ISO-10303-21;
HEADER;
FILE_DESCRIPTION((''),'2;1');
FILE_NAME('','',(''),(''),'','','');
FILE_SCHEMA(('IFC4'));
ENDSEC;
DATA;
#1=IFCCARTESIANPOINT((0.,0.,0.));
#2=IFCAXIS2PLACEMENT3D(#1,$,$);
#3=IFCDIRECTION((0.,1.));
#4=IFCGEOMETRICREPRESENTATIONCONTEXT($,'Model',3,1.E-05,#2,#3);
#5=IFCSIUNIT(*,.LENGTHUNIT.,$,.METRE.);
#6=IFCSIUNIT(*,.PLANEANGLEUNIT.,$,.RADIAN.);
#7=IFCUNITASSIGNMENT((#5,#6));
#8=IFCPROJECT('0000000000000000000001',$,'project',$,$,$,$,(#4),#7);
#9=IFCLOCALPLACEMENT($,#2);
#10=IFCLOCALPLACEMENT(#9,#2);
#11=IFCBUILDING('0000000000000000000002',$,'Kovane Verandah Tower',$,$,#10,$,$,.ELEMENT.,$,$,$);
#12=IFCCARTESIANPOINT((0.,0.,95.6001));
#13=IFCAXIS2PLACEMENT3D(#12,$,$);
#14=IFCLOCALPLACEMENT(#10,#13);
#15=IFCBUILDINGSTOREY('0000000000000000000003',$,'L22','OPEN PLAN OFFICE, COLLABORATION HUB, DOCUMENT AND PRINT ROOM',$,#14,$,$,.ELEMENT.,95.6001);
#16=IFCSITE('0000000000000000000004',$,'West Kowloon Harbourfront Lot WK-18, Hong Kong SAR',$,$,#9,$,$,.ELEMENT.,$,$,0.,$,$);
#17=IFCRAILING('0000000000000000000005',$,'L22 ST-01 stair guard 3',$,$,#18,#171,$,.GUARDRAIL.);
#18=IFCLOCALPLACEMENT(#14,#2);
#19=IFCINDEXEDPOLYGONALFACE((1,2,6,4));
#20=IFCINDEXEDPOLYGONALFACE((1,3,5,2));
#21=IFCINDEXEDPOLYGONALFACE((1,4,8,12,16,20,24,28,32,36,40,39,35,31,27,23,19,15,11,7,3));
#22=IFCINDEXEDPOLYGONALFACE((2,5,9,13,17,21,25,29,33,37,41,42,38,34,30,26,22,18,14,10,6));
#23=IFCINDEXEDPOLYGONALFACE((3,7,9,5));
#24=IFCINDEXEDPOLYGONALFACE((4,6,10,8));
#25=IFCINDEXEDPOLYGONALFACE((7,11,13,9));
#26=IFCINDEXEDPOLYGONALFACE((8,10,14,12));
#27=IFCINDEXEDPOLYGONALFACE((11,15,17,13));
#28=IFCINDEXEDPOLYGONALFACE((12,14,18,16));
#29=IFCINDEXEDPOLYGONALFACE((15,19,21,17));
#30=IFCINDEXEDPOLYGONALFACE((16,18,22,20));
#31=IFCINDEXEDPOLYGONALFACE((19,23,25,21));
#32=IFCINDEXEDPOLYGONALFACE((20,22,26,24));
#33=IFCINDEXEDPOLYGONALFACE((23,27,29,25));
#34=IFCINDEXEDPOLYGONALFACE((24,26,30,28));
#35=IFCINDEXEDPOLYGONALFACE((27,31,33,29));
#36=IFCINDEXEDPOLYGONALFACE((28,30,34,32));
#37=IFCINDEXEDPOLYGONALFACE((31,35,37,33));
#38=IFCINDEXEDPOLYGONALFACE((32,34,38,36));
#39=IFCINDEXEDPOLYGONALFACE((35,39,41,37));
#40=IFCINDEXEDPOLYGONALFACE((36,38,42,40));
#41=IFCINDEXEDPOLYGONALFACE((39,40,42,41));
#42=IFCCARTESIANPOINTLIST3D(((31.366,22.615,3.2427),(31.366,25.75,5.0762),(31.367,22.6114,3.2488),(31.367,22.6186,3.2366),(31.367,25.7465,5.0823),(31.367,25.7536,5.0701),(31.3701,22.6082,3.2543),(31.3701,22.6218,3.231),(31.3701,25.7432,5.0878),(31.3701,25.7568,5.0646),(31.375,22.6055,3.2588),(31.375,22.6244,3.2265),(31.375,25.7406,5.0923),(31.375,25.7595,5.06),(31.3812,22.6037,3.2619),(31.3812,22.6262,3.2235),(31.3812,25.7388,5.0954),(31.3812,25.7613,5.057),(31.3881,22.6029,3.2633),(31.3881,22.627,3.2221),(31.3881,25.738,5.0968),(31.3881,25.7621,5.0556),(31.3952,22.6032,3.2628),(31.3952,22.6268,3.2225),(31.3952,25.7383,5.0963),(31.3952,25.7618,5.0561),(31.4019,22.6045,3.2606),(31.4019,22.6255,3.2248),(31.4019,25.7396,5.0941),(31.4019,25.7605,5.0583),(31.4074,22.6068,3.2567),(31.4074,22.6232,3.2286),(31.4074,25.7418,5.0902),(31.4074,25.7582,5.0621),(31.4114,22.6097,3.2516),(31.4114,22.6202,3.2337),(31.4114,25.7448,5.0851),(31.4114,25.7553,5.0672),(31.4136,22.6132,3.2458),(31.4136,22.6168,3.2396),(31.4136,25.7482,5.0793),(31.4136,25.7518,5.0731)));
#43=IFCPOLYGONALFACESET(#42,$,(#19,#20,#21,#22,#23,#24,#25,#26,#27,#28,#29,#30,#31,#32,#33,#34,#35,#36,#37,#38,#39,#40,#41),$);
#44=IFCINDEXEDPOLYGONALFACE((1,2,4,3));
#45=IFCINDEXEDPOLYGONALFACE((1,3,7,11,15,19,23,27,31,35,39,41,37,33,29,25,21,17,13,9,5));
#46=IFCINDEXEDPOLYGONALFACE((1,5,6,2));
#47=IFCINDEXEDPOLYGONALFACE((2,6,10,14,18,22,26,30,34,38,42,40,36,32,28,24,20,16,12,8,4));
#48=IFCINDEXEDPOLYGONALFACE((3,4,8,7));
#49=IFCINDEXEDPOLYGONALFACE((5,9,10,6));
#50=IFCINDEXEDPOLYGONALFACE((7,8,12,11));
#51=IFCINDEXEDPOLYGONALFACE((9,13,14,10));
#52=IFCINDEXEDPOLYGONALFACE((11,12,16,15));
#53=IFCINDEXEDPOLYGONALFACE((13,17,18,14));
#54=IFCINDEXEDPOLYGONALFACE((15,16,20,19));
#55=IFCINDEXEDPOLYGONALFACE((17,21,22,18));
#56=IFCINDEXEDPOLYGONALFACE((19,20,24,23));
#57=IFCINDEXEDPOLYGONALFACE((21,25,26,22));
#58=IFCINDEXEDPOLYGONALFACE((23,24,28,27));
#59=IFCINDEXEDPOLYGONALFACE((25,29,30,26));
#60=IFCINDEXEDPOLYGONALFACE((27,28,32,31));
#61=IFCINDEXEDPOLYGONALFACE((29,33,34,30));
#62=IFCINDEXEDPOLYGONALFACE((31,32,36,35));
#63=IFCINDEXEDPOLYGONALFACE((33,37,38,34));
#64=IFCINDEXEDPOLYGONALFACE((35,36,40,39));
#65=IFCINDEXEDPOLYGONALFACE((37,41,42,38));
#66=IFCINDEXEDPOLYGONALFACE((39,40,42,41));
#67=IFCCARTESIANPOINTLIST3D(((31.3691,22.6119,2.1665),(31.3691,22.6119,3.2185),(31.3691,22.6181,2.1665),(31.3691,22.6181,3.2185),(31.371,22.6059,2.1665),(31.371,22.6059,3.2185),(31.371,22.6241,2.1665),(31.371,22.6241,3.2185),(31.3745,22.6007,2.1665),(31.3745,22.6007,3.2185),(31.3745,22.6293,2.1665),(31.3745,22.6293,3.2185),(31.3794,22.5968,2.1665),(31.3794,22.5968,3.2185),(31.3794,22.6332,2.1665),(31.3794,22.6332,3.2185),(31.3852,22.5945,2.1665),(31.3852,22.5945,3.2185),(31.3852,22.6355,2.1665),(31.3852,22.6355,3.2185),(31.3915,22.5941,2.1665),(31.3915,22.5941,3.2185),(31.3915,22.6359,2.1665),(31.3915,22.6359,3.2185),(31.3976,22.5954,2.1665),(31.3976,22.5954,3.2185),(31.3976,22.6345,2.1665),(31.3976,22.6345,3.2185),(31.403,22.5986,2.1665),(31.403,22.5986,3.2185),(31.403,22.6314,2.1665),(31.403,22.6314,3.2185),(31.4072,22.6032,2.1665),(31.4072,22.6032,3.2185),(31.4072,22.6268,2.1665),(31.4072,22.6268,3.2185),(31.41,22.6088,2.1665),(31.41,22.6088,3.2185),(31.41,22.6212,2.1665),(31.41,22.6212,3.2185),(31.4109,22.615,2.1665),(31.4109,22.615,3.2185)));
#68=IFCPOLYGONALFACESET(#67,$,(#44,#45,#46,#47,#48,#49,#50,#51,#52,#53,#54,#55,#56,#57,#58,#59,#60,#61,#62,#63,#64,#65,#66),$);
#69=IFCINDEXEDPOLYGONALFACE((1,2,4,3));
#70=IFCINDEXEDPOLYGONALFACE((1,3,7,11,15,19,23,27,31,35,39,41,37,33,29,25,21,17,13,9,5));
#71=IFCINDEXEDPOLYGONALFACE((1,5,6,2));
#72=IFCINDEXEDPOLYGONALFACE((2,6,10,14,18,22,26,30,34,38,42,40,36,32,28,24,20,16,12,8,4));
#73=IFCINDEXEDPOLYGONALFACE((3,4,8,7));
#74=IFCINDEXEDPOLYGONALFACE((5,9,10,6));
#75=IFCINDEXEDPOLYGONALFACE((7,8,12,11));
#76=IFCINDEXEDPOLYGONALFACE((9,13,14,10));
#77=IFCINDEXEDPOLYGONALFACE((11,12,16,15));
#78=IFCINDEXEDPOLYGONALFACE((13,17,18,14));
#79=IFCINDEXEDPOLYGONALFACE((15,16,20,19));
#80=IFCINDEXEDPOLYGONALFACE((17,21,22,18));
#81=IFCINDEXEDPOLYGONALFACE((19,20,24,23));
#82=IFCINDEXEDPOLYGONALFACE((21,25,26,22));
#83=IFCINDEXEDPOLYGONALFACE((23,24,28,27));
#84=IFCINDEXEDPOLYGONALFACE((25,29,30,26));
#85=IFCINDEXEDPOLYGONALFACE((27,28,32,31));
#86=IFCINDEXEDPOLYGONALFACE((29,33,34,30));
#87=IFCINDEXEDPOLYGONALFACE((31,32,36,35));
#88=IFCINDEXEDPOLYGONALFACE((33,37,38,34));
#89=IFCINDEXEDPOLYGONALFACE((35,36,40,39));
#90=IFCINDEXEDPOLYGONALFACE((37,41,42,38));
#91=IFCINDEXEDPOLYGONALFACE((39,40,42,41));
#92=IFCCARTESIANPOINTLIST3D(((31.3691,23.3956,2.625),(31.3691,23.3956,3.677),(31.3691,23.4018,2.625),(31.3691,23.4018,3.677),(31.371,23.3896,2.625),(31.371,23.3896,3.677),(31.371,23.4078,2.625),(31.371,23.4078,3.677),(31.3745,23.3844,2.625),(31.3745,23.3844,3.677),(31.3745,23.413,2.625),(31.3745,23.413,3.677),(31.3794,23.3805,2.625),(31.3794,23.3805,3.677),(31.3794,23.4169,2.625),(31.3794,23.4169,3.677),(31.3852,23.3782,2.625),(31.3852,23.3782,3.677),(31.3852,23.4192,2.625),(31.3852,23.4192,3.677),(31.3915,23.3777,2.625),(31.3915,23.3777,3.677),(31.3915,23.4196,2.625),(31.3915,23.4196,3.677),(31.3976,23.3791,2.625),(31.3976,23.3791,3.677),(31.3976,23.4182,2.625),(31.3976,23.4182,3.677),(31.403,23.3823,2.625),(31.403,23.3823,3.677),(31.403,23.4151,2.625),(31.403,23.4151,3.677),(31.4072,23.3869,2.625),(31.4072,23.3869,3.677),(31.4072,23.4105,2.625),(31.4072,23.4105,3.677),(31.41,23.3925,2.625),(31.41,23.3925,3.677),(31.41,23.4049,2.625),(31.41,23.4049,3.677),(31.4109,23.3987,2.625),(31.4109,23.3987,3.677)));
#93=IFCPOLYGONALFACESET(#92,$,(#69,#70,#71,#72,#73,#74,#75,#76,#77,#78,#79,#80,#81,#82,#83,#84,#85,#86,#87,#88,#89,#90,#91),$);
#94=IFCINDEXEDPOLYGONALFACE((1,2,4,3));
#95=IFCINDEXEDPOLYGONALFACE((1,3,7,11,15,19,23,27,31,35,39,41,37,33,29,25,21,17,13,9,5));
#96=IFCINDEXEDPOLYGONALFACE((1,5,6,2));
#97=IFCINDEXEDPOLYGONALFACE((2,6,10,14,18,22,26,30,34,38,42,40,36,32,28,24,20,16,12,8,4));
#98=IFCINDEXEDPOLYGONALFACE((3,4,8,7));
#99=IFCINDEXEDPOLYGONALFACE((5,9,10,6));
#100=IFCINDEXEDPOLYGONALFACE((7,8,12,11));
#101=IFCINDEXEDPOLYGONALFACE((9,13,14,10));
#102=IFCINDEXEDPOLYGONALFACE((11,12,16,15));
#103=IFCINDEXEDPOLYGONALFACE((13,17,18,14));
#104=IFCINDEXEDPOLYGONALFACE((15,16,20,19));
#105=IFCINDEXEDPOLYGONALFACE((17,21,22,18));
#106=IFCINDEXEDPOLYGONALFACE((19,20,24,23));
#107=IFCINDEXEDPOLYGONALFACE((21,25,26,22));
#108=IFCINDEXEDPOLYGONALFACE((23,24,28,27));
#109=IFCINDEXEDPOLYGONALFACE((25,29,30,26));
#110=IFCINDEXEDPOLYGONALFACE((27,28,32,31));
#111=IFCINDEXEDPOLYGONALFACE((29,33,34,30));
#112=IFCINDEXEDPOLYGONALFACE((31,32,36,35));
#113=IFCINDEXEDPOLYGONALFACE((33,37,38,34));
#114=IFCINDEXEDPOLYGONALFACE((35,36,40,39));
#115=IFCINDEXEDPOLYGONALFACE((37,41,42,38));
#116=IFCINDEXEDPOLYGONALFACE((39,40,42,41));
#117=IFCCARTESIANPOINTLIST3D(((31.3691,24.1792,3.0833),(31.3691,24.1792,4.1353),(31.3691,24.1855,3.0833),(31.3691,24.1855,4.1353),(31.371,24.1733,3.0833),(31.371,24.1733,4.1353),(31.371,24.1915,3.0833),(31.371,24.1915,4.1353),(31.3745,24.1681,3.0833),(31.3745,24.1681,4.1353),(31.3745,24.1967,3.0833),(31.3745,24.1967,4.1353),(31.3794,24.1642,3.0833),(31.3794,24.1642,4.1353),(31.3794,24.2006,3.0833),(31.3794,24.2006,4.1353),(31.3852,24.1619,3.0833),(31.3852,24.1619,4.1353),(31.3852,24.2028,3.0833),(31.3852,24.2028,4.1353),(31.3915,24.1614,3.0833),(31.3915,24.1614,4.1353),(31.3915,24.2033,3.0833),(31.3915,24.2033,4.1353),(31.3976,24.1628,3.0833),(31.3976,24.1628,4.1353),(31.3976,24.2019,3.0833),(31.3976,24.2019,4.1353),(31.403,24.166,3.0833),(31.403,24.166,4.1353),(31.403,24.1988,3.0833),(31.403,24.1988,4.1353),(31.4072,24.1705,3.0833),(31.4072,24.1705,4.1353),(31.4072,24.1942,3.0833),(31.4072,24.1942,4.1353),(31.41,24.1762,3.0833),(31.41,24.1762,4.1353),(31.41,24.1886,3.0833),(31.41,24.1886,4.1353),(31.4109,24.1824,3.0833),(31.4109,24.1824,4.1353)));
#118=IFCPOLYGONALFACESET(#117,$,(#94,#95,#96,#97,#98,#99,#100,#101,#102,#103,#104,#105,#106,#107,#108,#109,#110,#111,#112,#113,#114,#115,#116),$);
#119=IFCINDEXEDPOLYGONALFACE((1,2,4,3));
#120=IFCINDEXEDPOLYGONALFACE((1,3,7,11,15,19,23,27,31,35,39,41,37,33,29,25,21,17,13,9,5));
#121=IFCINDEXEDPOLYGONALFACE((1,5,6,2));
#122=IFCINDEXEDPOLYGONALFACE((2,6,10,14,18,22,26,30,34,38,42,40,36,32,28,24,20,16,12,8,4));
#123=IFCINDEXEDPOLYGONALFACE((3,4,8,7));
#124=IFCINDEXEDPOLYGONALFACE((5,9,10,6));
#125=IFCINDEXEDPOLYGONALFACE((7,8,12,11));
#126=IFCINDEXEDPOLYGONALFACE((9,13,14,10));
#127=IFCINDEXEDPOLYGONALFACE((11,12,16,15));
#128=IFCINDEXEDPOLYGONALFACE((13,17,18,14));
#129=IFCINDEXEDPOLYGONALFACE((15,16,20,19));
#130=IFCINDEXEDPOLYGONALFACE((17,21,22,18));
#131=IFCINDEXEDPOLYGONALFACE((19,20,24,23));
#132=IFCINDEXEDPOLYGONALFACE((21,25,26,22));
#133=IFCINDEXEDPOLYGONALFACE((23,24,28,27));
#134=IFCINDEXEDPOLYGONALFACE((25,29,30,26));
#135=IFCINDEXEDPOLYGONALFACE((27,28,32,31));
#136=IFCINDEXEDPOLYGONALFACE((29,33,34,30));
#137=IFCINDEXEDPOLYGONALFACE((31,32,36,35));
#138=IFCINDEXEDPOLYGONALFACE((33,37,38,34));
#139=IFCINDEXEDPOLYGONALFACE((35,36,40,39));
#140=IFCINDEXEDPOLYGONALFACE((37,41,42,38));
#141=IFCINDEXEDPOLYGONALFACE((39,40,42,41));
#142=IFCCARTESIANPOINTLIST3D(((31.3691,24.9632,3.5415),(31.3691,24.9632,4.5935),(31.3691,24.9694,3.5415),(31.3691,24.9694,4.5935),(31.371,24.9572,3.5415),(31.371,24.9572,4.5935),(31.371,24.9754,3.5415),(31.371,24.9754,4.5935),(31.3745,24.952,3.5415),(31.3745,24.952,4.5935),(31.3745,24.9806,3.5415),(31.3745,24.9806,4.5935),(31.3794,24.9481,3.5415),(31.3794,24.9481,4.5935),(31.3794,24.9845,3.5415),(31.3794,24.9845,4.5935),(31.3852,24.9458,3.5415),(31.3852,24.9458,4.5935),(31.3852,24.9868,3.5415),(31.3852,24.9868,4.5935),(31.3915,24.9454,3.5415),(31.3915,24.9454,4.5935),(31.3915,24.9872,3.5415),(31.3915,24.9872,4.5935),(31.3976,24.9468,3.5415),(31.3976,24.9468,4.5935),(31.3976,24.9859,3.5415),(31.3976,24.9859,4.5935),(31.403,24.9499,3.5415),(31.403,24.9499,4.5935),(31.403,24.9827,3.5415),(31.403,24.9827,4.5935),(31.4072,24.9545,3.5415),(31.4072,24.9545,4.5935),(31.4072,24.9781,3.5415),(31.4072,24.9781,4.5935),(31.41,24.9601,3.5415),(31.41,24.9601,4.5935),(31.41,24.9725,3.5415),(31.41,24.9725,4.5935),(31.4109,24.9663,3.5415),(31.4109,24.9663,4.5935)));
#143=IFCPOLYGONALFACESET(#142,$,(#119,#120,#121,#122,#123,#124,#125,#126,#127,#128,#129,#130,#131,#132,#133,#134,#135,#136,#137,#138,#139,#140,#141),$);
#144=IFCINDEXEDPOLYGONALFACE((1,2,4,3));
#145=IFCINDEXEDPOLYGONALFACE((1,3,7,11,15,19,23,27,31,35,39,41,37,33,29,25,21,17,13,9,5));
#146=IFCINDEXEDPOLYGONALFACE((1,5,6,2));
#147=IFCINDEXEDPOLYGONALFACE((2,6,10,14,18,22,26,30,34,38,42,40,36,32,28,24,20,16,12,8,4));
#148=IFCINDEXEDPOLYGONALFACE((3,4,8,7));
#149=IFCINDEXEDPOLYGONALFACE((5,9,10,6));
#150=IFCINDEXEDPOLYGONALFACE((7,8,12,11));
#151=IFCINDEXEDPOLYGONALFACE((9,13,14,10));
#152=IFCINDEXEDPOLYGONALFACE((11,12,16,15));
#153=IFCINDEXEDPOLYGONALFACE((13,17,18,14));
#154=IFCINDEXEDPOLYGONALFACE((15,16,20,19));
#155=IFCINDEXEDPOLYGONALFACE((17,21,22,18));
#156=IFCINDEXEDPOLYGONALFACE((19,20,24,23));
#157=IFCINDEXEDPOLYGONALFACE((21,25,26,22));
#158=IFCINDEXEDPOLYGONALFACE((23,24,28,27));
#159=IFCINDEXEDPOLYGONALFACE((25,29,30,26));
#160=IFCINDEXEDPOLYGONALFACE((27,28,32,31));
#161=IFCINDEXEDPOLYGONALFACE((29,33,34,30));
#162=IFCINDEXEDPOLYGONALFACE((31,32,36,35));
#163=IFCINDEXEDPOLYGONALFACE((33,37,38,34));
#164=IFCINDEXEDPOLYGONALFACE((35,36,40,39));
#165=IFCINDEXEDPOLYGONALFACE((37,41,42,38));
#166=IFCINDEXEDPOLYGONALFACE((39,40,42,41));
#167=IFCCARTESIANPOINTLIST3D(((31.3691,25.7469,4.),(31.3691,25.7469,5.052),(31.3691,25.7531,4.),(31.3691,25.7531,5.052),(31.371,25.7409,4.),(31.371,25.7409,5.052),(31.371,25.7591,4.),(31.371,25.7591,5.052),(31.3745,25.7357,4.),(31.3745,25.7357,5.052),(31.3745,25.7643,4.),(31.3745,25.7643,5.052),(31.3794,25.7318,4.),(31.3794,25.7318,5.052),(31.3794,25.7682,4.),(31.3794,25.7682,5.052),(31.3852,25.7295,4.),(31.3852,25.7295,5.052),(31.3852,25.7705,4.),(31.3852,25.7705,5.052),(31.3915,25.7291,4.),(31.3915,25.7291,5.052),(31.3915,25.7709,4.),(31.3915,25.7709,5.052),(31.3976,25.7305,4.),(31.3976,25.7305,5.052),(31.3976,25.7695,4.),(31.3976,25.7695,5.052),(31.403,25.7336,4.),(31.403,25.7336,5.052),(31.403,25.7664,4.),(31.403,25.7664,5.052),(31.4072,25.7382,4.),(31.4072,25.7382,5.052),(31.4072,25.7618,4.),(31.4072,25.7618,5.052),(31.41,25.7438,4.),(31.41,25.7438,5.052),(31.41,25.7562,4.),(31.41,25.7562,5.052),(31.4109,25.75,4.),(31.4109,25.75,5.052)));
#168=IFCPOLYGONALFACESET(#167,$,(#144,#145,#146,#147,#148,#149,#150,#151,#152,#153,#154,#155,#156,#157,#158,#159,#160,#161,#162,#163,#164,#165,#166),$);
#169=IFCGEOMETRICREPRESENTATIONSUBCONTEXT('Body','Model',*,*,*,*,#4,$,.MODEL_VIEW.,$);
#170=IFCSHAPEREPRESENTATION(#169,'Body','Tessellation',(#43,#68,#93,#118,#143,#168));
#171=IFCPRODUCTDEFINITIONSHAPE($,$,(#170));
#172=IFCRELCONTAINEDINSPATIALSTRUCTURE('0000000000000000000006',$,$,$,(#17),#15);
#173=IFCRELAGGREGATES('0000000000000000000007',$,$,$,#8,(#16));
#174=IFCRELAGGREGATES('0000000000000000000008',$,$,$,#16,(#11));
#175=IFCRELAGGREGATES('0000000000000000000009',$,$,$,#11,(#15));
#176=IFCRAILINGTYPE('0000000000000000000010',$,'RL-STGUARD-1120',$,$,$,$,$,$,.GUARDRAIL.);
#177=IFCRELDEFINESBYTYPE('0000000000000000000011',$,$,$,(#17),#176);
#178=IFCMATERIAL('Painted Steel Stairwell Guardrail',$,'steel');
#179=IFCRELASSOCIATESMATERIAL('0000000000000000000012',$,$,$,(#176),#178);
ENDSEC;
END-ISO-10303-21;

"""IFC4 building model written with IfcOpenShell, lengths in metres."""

from ifc_helpers import new_model, si_unit, direction, frame, origin, origin_2d, place, context, subcontext, project, spatial, circle, extrude, material, type_object, element, save


model = new_model("IFC4")

# Units and contexts
model_context = context("Model", 3, precision=1e-05, world=origin(), true_north=direction((0.0, 1.0)))
body_context = subcontext(model_context, "Body", "Model", "MODEL_VIEW")
ifc_project = project(units=[si_unit("LENGTHUNIT", "METRE"), si_unit("PLANEANGLEUNIT", "RADIAN")], contexts=[model_context])

# Site, building, storey
site_placement = place(None, origin())
site = spatial("IfcSite", under=ifc_project, at=site_placement, Name="West Kowloon Harbourfront Lot WK-18, Hong Kong SAR", CompositionType="ELEMENT", RefElevation=0.0)
building_placement = place(site_placement, origin())
building = spatial("IfcBuilding", under=site, at=building_placement, Name="Kovane Verandah Tower", CompositionType="ELEMENT")
storey_placement = place(building_placement, frame((0.0, 0.0, 95.6001)))
storey = spatial("IfcBuildingStorey", under=building, at=storey_placement, Name="L22", Description="OPEN PLAN OFFICE, COLLABORATION HUB, DOCUMENT AND PRINT ROOM", CompositionType="ELEMENT", Elevation=95.6001)

# Railing
ifc_material_1 = material(Name="Painted Steel Stairwell Guardrail", Category="steel")
railing_type_1 = type_object("IfcRailingType", Name="RL-STGUARD-1120", PredefinedType="GUARDRAIL", material=ifc_material_1)
railing_1_placement = place(storey_placement, frame((31.3899, 22.615, 2.1665)))
element("IfcRailing", 1, at=railing_1_placement, inside=storey, type_object=railing_type_1, Name="L22 ST-01 stair guard 3", PredefinedType="GUARDRAIL", context=body_context, shape_type="SweptSolid", body=[
    extrude(circle(Radius=0.0239, at=origin_2d()), frame((0.0, 0.0, 1.0762), z_axis=(0.0, 0.86321, 0.504845), x_axis=(-1.0, 0.0, 0.0)), (0.0, 0.0, 1.0), 3.6318),
    extrude(circle(Radius=0.021, at=origin_2d()), origin(), (0.0, 0.0, 1.0), 1.052),
    extrude(circle(Radius=0.021, at=origin_2d()), frame((0.0, 0.7837, 0.4585)), (0.0, 0.0, 1.0), 1.052),
    extrude(circle(Radius=0.021, at=origin_2d()), frame((0.0, 1.5674, 0.9167)), (0.0, 0.0, 1.0), 1.052),
    extrude(circle(Radius=0.021, at=origin_2d()), frame((0.0, 2.3513, 1.375)), (0.0, 0.0, 1.0), 1.052),
    extrude(circle(Radius=0.021, at=origin_2d()), frame((0.0, 3.135, 1.8335)), (0.0, 0.0, 1.0), 1.052),
])

save(model, "model.ifc")
